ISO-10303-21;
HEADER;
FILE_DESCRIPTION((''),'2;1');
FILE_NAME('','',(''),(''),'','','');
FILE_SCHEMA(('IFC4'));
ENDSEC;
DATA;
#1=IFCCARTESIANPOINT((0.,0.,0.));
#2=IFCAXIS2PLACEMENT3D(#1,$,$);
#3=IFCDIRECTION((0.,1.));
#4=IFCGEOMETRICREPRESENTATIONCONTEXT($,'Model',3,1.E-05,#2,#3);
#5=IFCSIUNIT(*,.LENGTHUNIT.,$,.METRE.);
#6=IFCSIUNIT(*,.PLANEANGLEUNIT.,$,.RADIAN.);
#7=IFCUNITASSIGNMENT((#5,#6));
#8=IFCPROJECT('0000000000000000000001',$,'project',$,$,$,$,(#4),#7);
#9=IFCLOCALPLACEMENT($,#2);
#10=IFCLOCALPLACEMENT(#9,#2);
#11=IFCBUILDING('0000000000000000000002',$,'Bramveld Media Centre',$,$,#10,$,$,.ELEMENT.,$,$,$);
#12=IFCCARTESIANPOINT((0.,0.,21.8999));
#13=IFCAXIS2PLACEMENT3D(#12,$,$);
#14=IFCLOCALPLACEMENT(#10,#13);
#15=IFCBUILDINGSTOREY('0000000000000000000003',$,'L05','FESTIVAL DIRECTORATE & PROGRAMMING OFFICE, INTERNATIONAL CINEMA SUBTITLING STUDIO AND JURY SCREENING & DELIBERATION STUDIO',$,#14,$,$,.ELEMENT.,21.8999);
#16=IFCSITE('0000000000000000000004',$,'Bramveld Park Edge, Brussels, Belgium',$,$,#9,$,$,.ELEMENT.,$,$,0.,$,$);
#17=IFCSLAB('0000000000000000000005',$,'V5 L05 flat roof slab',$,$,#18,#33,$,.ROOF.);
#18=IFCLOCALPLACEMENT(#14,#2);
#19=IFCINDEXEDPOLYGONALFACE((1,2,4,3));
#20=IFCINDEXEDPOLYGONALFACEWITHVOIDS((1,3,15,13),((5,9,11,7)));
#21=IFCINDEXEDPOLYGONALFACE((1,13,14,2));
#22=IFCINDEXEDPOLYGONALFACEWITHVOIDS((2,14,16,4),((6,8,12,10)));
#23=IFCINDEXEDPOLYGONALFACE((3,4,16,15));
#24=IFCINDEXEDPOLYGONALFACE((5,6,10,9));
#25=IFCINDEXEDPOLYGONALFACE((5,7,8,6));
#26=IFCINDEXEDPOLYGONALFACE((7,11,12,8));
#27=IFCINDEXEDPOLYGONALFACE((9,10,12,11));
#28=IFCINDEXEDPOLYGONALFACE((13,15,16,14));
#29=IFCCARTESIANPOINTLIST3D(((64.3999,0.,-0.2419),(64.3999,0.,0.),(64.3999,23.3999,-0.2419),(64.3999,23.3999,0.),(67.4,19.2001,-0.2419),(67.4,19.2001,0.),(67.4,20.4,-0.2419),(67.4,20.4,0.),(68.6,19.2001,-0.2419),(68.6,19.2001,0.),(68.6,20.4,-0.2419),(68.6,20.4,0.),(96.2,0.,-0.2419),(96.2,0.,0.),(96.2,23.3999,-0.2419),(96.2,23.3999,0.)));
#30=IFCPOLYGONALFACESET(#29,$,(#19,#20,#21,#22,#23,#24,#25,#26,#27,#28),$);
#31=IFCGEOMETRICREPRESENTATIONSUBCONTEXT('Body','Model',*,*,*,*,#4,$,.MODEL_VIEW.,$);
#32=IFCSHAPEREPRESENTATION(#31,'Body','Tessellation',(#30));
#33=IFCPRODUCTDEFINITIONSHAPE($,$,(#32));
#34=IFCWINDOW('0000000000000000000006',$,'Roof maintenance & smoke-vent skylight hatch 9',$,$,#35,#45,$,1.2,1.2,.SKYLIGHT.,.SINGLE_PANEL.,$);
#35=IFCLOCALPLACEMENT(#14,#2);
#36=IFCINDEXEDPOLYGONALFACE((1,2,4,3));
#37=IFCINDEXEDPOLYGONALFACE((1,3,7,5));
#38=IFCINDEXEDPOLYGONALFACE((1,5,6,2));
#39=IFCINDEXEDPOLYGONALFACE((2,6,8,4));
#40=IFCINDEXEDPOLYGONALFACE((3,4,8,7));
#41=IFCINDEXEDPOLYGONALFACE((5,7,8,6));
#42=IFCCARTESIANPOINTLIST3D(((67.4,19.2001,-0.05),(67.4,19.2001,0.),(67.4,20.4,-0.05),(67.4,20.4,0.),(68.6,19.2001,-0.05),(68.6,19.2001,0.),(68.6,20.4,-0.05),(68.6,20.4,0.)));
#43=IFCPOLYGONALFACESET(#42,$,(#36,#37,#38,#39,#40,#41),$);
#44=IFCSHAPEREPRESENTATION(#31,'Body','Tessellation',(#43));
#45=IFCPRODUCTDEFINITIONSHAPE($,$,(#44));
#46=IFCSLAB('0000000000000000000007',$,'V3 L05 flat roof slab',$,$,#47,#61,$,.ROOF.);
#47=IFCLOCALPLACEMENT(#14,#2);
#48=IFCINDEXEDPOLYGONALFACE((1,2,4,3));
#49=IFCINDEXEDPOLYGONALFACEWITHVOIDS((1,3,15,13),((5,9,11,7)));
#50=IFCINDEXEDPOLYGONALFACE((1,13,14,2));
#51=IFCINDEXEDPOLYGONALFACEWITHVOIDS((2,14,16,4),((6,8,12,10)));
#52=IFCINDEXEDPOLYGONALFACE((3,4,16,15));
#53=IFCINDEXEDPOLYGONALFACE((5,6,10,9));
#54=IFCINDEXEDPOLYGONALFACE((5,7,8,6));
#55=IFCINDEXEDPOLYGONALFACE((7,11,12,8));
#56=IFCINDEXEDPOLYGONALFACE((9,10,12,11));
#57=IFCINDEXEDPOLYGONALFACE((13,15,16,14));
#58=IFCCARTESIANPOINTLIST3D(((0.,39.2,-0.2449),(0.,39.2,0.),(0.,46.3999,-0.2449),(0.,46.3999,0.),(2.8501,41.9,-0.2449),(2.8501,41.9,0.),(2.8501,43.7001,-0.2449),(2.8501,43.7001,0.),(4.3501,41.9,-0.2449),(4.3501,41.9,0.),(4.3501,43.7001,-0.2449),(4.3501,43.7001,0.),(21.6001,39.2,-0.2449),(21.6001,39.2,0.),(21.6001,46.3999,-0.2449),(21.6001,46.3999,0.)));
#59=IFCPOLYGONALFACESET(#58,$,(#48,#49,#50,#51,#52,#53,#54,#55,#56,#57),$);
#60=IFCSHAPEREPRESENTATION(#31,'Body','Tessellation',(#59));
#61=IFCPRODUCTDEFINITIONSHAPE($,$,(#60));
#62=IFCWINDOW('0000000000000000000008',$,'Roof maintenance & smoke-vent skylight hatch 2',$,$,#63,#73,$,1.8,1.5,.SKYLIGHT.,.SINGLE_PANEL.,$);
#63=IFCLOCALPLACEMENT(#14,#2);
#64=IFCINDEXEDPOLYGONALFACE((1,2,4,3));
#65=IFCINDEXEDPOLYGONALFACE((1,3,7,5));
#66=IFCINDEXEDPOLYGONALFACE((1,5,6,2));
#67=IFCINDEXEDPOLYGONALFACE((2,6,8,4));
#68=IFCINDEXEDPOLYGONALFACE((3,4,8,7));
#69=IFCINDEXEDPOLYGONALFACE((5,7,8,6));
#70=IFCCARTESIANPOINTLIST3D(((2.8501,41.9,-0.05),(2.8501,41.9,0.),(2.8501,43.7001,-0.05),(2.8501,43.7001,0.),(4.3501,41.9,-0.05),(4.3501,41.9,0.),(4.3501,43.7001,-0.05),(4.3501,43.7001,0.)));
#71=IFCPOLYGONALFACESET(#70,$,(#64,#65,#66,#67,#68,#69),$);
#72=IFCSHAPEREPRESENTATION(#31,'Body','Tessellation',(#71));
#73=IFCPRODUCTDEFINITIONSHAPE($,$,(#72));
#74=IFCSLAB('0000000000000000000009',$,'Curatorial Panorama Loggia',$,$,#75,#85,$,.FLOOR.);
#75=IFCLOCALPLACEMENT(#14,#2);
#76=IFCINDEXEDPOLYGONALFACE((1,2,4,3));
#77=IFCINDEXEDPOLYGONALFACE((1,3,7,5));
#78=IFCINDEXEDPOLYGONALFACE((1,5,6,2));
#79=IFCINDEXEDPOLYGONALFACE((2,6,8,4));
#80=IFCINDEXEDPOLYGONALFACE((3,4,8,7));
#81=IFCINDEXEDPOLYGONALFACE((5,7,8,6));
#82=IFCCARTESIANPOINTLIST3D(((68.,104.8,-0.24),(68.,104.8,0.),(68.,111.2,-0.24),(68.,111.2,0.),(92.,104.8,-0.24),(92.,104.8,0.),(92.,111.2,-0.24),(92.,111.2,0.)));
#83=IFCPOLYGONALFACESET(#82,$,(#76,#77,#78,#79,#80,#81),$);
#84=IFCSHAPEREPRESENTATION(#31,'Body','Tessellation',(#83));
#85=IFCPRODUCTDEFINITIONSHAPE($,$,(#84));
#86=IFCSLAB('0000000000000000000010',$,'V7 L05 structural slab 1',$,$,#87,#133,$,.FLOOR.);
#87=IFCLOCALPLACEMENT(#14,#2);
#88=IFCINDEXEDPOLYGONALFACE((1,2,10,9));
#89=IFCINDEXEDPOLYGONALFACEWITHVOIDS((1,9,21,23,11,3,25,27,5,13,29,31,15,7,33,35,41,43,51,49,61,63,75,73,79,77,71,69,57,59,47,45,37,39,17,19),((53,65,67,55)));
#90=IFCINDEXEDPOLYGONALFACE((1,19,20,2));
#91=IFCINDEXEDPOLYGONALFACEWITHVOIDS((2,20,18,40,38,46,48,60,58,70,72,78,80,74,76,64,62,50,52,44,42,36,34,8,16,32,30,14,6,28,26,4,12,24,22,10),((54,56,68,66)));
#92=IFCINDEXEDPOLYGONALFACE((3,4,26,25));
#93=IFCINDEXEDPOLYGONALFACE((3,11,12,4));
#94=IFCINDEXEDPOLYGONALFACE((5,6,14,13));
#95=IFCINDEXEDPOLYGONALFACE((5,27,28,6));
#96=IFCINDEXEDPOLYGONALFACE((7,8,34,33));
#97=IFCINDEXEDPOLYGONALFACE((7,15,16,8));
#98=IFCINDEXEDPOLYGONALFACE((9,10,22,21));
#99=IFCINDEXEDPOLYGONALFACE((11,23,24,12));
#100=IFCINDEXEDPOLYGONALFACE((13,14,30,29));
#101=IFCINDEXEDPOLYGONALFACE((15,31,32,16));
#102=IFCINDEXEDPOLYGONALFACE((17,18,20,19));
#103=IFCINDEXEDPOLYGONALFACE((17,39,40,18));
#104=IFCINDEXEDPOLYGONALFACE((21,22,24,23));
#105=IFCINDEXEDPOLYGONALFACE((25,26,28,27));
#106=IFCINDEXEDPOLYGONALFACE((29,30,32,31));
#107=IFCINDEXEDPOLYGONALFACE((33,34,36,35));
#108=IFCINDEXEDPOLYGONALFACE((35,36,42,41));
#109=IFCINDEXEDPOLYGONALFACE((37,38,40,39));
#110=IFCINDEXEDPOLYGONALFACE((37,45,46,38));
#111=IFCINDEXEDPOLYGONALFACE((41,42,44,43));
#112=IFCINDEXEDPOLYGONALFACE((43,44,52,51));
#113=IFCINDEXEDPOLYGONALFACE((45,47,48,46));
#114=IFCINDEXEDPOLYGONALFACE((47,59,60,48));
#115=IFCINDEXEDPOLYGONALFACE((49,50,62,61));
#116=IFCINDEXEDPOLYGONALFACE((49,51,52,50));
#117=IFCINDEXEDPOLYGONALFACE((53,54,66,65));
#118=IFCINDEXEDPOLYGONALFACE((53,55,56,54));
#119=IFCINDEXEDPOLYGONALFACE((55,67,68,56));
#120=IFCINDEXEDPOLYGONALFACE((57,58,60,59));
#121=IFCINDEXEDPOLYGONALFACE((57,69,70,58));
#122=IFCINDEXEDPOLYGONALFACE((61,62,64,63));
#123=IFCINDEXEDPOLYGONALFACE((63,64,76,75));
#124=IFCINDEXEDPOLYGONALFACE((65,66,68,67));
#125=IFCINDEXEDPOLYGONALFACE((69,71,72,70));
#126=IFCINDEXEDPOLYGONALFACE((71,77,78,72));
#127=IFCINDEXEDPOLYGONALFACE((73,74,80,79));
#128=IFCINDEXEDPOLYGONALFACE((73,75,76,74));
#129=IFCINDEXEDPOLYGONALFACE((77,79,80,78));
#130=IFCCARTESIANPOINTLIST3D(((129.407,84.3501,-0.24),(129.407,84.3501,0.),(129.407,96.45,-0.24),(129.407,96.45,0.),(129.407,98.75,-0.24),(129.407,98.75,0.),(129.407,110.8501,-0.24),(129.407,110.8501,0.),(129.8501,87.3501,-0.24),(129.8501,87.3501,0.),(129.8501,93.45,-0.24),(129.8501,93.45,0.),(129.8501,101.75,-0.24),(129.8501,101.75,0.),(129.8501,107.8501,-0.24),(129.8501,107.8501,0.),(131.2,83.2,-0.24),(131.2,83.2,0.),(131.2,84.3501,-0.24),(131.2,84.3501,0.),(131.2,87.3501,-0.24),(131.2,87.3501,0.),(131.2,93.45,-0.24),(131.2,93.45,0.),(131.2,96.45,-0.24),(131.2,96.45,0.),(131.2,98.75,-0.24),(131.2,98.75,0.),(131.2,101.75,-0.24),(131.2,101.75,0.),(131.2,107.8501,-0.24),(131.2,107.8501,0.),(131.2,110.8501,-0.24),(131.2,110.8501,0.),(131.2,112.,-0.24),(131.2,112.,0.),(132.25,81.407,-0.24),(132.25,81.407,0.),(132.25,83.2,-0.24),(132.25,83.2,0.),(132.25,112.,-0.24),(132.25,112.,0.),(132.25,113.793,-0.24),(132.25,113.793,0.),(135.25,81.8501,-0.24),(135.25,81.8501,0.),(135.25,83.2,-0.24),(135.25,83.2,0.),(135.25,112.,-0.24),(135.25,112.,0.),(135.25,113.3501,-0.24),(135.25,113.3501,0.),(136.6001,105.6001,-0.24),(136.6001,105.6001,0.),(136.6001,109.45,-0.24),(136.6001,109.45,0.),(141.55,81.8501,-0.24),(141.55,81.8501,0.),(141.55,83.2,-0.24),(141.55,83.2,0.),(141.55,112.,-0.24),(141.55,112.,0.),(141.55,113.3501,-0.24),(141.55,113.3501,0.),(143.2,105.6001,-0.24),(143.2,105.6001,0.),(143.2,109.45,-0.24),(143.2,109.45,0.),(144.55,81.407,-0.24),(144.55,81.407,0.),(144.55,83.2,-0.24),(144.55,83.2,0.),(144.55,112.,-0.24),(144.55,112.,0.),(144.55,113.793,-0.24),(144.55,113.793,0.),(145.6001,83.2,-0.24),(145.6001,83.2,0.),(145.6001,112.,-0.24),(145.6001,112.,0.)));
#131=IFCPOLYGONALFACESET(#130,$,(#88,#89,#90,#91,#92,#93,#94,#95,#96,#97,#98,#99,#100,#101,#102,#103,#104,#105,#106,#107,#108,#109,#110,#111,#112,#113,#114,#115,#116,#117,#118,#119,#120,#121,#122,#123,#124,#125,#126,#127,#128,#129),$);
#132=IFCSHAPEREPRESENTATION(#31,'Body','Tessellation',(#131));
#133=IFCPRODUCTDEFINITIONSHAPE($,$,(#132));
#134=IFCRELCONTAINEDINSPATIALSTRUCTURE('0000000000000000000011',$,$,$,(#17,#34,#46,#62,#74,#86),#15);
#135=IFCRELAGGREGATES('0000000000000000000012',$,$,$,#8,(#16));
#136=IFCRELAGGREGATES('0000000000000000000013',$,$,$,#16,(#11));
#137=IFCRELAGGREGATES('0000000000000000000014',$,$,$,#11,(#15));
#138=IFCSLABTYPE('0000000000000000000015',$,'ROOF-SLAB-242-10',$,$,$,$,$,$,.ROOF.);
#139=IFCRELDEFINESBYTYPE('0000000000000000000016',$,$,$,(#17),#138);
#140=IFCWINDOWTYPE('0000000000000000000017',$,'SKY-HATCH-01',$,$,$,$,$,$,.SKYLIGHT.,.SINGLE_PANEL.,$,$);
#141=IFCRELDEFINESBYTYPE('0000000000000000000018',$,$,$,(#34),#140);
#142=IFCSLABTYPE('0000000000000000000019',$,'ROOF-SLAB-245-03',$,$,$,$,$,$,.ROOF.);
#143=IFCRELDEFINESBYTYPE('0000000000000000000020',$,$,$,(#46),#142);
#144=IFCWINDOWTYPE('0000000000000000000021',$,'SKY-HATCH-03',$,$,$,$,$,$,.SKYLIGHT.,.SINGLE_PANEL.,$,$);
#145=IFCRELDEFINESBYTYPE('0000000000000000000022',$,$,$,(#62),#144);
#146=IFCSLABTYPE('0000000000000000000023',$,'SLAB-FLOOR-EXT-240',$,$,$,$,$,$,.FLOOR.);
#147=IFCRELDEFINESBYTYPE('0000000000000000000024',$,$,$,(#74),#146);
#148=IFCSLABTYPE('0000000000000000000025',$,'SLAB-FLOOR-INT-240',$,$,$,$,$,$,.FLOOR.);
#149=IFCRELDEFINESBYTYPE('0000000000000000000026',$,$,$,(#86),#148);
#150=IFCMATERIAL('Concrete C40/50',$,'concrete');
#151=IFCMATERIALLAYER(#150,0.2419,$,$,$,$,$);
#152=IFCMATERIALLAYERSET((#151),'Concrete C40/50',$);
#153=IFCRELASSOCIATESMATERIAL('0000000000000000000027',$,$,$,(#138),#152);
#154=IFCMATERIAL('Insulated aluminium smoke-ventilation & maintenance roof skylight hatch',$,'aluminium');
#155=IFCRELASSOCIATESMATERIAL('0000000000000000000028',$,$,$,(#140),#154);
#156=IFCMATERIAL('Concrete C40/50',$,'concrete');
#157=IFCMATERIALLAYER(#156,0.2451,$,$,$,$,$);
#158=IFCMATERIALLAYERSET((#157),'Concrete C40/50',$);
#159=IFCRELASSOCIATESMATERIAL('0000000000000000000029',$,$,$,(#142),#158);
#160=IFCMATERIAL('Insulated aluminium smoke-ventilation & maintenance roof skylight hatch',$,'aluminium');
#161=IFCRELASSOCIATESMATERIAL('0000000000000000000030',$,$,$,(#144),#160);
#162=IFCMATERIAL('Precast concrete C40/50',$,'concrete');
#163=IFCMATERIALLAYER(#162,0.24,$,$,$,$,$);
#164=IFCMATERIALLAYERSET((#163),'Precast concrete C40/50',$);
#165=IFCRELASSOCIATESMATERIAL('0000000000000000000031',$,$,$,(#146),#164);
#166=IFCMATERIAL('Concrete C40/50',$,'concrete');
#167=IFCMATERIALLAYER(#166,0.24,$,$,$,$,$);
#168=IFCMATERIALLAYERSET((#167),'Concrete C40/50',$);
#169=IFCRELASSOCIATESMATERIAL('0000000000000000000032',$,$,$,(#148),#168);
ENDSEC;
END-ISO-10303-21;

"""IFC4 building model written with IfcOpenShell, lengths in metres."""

from ifc_helpers import new_model, si_unit, direction, frame, origin, origin_2d, place, context, subcontext, project, spatial, polyline, rectangle, outline, extrude, material, layer, layer_set, type_object, element, fill, save


model = new_model("IFC4")

# Units and contexts
model_context = context("Model", 3, precision=1e-05, world=origin(), true_north=direction((0.0, 1.0)))
body_context = subcontext(model_context, "Body", "Model", "MODEL_VIEW")
ifc_project = project(units=[si_unit("LENGTHUNIT", "METRE"), si_unit("PLANEANGLEUNIT", "RADIAN")], contexts=[model_context])

# Site, building, storey
site_placement = place(None, origin())
site = spatial("IfcSite", under=ifc_project, at=site_placement, Name="Bramveld Park Edge, Brussels, Belgium", CompositionType="ELEMENT", RefElevation=0.0)
building_placement = place(site_placement, origin())
building = spatial("IfcBuilding", under=site, at=building_placement, Name="Bramveld Media Centre", CompositionType="ELEMENT")
storey_placement = place(building_placement, frame((0.0, 0.0, 21.8999)))
storey = spatial("IfcBuildingStorey", under=building, at=storey_placement, Name="L05", Description="FESTIVAL DIRECTORATE & PROGRAMMING OFFICE, INTERNATIONAL CINEMA SUBTITLING STUDIO AND JURY SCREENING & DELIBERATION STUDIO", CompositionType="ELEMENT", Elevation=21.8999)

# Slabs, openings, windows
ifc_material_1 = material(Name="Concrete C40/50", Category="concrete")
ifc_layer_1 = layer(ifc_material_1, 0.2419)
ifc_layer_set_1 = layer_set([ifc_layer_1], Name="Concrete C40/50")
slab_type_1 = type_object("IfcSlabType", Name="ROOF-SLAB-242-10", PredefinedType="ROOF", material=ifc_layer_set_1)
slab_1_placement = place(storey_placement, frame((0.0, 0.0, -0.2419)))
slab_1 = element("IfcSlab", 1, at=slab_1_placement, inside=storey, type_object=slab_type_1, Name="V5 L05 flat roof slab", PredefinedType="ROOF", context=body_context, shape_type="SweptSolid", body=[
    extrude(outline(polyline([(64.3999, 0.0), (96.2, 0.0), (96.2, 23.3999), (64.3999, 23.3999), (64.3999, 0.0)])), origin(), (0.0, 0.0, 1.0), 0.2419),
])
opening_1_placement = place(slab_1_placement, frame((68.0, 19.8, 0.0)))
opening_1 = element("IfcOpeningElement", 2, at=opening_1_placement, cuts=slab_1, PredefinedType="OPENING", context=body_context, shape_type="SweptSolid", body=[
    extrude(rectangle(XDim=1.2, YDim=1.2, at=origin_2d()), origin(), (0.0, 0.0, 1.0), 0.2419),
])
ifc_material_2 = material(Name="Insulated aluminium smoke-ventilation & maintenance roof skylight hatch", Category="aluminium")
window_type_1 = type_object("IfcWindowType", Name="SKY-HATCH-01", PartitioningType="SINGLE_PANEL", PredefinedType="SKYLIGHT", material=ifc_material_2)
window_1_placement = place(opening_1_placement, frame((0.0, 0.0, 0.1919)))
window_1 = element("IfcWindow", 3, at=window_1_placement, inside=storey, type_object=window_type_1, Name="Roof maintenance & smoke-vent skylight hatch 9", OverallHeight=1.2, OverallWidth=1.2, PartitioningType="SINGLE_PANEL", PredefinedType="SKYLIGHT", context=body_context, shape_type="SweptSolid", body=[
    extrude(rectangle(XDim=1.2, YDim=1.2, at=origin_2d()), origin(), (0.0, 0.0, 1.0), 0.05),
])
fill(opening_1, window_1)
ifc_material_3 = material(Name="Concrete C40/50", Category="concrete")
ifc_layer_2 = layer(ifc_material_3, 0.2451)
ifc_layer_set_2 = layer_set([ifc_layer_2], Name="Concrete C40/50")
slab_type_2 = type_object("IfcSlabType", Name="ROOF-SLAB-245-03", PredefinedType="ROOF", material=ifc_layer_set_2)
slab_2_placement = place(storey_placement, frame((0.0, 0.0, -0.2449)))
slab_2 = element("IfcSlab", 4, at=slab_2_placement, inside=storey, type_object=slab_type_2, Name="V3 L05 flat roof slab", PredefinedType="ROOF", context=body_context, shape_type="SweptSolid", body=[
    extrude(outline(polyline([(0.0, 39.2), (21.6001, 39.2), (21.6001, 46.3999), (0.0, 46.3999), (0.0, 39.2)])), origin(), (0.0, 0.0, 1.0), 0.2449),
])
opening_2_placement = place(slab_2_placement, frame((3.6001, 42.8, 0.0)))
opening_2 = element("IfcOpeningElement", 5, at=opening_2_placement, cuts=slab_2, PredefinedType="OPENING", context=body_context, shape_type="SweptSolid", body=[
    extrude(rectangle(XDim=1.5, YDim=1.8, at=origin_2d()), origin(), (0.0, 0.0, 1.0), 0.2449),
])
ifc_material_4 = material(Name="Insulated aluminium smoke-ventilation & maintenance roof skylight hatch", Category="aluminium")
window_type_2 = type_object("IfcWindowType", Name="SKY-HATCH-03", PartitioningType="SINGLE_PANEL", PredefinedType="SKYLIGHT", material=ifc_material_4)
window_2_placement = place(opening_2_placement, frame((0.0, 0.0, 0.1948)))
window_2 = element("IfcWindow", 6, at=window_2_placement, inside=storey, type_object=window_type_2, Name="Roof maintenance & smoke-vent skylight hatch 2", OverallHeight=1.8, OverallWidth=1.5, PartitioningType="SINGLE_PANEL", PredefinedType="SKYLIGHT", context=body_context, shape_type="SweptSolid", body=[
    extrude(rectangle(XDim=1.5, YDim=1.8, at=origin_2d()), origin(), (0.0, 0.0, 1.0), 0.05),
])
fill(opening_2, window_2)

# Slabs
ifc_material_5 = material(Name="Precast concrete C40/50", Category="concrete")
ifc_layer_3 = layer(ifc_material_5, 0.24)
ifc_layer_set_3 = layer_set([ifc_layer_3], Name="Precast concrete C40/50")
slab_type_3 = type_object("IfcSlabType", Name="SLAB-FLOOR-EXT-240", PredefinedType="FLOOR", material=ifc_layer_set_3)
slab_3_placement = place(storey_placement, frame((0.0, 0.0, -0.24)))
element("IfcSlab", 7, at=slab_3_placement, inside=storey, type_object=slab_type_3, Name="Curatorial Panorama Loggia", PredefinedType="FLOOR", context=body_context, shape_type="SweptSolid", body=[
    extrude(outline(polyline([(68.0, 104.8), (92.0, 104.8), (92.0, 111.2), (68.0, 111.2), (68.0, 104.8)])), origin(), (0.0, 0.0, 1.0), 0.24),
])
ifc_material_6 = material(Name="Concrete C40/50", Category="concrete")
ifc_layer_4 = layer(ifc_material_6, 0.24)
ifc_layer_set_4 = layer_set([ifc_layer_4], Name="Concrete C40/50")
slab_type_4 = type_object("IfcSlabType", Name="SLAB-FLOOR-INT-240", PredefinedType="FLOOR", material=ifc_layer_set_4)
slab_4_placement = place(storey_placement, frame((0.0, 0.0, -0.24)))
element("IfcSlab", 8, at=slab_4_placement, inside=storey, type_object=slab_type_4, Name="V7 L05 structural slab 1", PredefinedType="FLOOR", context=body_context, shape_type="SweptSolid", body=[
    extrude(outline(polyline([(131.2, 84.3501), (129.407, 84.3501), (129.8501, 87.3501), (131.2, 87.3501), (131.2, 93.45), (129.8501, 93.45), (129.407, 96.45), (131.2, 96.45), (131.2, 98.75), (129.407, 98.75), (129.8501, 101.75), (131.2, 101.75), (131.2, 107.8501), (129.8501, 107.8501), (129.407, 110.8501), (131.2, 110.8501), (131.2, 112.0), (132.25, 112.0), (132.25, 113.793), (135.25, 113.3501), (135.25, 112.0), (141.55, 112.0), (141.55, 113.3501), (144.55, 113.793), (144.55, 112.0), (145.6001, 112.0), (145.6001, 83.2), (144.55, 83.2), (144.55, 81.407), (141.55, 81.8501), (141.55, 83.2), (135.25, 83.2), (135.25, 81.8501), (132.25, 81.407), (132.25, 83.2), (131.2, 83.2), (131.2, 84.3501)]), holes=[polyline([(143.2, 109.45), (136.6001, 109.45), (136.6001, 105.6001), (143.2, 105.6001), (143.2, 109.45)])]), origin(), (0.0, 0.0, 1.0), 0.24),
])

save(model, "model.ifc")
